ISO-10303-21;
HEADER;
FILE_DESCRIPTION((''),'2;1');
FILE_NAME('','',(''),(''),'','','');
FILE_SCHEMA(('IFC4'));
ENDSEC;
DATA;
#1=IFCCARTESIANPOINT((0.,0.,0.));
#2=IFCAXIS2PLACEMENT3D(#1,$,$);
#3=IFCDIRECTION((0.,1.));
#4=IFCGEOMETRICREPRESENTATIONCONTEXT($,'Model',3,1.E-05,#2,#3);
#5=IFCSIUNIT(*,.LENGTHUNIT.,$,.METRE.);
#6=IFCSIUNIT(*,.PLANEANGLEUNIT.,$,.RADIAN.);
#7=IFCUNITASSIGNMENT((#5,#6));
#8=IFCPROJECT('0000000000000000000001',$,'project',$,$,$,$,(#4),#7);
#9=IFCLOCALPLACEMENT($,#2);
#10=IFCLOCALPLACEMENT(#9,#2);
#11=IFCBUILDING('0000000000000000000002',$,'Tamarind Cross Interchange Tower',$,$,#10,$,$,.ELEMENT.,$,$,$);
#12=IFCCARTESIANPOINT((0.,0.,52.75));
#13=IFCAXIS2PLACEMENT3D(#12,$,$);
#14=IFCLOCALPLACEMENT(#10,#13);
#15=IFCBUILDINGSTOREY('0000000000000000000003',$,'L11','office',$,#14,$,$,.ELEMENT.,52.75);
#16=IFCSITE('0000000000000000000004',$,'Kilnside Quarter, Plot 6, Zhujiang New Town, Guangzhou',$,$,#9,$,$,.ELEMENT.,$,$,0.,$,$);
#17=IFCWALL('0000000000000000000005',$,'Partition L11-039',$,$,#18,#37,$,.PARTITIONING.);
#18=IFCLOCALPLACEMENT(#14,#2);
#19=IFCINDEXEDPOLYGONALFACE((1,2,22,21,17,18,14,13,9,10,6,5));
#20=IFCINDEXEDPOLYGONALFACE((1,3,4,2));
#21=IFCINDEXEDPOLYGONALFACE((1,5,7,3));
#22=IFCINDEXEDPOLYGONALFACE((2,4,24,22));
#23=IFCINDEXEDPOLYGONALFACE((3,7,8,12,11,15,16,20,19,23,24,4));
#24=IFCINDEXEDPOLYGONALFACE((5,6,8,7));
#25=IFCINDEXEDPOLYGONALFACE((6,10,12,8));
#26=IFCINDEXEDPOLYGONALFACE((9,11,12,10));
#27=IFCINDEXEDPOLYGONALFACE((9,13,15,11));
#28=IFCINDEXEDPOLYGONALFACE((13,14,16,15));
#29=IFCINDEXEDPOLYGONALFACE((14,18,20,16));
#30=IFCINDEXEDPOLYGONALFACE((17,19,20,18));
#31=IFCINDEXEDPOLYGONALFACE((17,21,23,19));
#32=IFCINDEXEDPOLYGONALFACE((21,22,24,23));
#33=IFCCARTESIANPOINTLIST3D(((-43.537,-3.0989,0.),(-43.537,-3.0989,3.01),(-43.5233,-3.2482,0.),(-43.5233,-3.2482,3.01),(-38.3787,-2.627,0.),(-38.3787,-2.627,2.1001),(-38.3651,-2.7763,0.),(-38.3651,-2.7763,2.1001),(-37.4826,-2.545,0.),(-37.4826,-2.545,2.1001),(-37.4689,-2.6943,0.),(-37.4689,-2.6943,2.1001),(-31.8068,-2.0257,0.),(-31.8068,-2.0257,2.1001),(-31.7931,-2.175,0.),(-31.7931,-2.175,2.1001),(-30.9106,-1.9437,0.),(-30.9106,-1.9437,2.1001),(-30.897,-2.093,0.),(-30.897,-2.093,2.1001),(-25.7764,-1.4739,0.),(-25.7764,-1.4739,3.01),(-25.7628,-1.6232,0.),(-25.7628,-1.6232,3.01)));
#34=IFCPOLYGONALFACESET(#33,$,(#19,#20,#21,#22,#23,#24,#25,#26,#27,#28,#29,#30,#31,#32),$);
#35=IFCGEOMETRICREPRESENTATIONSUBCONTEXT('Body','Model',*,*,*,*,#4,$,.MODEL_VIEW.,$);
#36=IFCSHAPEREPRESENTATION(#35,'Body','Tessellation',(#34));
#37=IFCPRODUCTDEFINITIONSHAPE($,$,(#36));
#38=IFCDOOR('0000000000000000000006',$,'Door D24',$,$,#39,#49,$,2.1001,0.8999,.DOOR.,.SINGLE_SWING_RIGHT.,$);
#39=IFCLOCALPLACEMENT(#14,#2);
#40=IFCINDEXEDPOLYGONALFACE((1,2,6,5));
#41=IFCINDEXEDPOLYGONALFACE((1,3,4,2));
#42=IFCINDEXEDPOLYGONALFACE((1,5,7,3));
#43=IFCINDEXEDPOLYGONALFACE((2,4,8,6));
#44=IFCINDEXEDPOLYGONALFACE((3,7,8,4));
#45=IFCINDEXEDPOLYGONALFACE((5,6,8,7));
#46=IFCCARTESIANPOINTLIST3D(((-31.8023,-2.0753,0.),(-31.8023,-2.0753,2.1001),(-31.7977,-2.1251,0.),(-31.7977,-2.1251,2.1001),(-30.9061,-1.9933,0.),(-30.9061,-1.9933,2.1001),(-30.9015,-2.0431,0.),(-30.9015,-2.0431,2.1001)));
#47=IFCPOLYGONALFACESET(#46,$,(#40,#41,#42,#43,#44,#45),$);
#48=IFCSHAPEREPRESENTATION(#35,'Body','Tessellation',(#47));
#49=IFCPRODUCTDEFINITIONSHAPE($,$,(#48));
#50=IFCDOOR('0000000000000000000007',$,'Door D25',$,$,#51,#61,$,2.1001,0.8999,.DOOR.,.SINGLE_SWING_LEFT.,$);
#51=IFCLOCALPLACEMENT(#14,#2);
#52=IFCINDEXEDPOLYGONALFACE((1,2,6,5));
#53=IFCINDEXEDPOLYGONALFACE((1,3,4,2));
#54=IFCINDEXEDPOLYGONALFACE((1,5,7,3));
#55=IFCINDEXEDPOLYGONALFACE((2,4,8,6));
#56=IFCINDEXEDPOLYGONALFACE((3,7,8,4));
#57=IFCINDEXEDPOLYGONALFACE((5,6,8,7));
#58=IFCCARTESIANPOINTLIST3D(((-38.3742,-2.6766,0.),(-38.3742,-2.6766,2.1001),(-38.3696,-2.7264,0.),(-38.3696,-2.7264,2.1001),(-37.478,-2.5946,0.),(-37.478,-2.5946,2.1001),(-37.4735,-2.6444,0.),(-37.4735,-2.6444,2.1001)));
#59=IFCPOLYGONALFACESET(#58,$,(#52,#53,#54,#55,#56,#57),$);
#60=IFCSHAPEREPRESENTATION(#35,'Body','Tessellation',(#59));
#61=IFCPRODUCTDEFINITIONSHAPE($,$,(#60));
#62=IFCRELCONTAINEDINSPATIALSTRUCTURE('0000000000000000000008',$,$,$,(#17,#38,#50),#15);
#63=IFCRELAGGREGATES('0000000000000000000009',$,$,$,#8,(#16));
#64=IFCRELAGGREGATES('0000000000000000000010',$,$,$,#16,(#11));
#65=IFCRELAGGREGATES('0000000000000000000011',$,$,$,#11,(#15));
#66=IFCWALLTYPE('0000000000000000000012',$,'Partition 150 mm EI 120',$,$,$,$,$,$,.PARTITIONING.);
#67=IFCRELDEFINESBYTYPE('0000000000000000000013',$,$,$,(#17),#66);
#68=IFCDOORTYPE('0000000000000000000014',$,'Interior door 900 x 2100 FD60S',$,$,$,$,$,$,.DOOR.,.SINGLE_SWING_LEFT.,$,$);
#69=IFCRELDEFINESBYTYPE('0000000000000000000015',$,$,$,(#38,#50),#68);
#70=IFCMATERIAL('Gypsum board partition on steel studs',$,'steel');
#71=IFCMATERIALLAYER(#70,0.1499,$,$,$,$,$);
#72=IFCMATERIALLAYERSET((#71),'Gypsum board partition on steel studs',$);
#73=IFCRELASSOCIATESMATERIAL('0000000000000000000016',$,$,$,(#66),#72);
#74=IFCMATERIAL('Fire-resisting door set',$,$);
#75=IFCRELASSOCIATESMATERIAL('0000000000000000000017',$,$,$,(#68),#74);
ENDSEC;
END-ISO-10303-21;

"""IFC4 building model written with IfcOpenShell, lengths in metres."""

from ifc_helpers import new_model, si_unit, direction, frame, frame_2d, origin, place, context, subcontext, project, spatial, rectangle, extrude, material, layer, layer_set, type_object, element, fill, save


model = new_model("IFC4")

# Units and contexts
model_context = context("Model", 3, precision=1e-05, world=origin(), true_north=direction((0.0, 1.0)))
body_context = subcontext(model_context, "Body", "Model", "MODEL_VIEW")
ifc_project = project(units=[si_unit("LENGTHUNIT", "METRE"), si_unit("PLANEANGLEUNIT", "RADIAN")], contexts=[model_context])

# Site, building, storey
site_placement = place(None, origin())
site = spatial("IfcSite", under=ifc_project, at=site_placement, Name="Kilnside Quarter, Plot 6, Zhujiang New Town, Guangzhou", CompositionType="ELEMENT", RefElevation=0.0)
building_placement = place(site_placement, origin())
building = spatial("IfcBuilding", under=site, at=building_placement, Name="Tamarind Cross Interchange Tower", CompositionType="ELEMENT")
storey_placement = place(building_placement, frame((0.0, 0.0, 52.75)))
storey = spatial("IfcBuildingStorey", under=building, at=storey_placement, Name="L11", Description="office", CompositionType="ELEMENT", Elevation=52.75)

# Shared definitions
ifc_material_1 = material(Name="Gypsum board partition on steel studs", Category="steel")

# Shared definitions
ifc_layer_1 = layer(ifc_material_1, 0.1499)
ifc_layer_set_1 = layer_set([ifc_layer_1], Name="Gypsum board partition on steel studs")
wall_type_1 = type_object("IfcWallType", Name="Partition 150 mm EI 120", PredefinedType="PARTITIONING", material=ifc_layer_set_1)
ifc_material_2 = material(Name="Fire-resisting door set")
door_type = type_object("IfcDoorType", Name="Interior door 900 x 2100 FD60S", OperationType="SINGLE_SWING_LEFT", PredefinedType="DOOR", material=ifc_material_2)

# Wall, openings, doors
wall_1_placement = place(storey_placement, frame((-43.5303, -3.1736, 0.0), z_axis=(0.0, 0.0, 1.0), x_axis=(0.99584, 0.091115, 0.0)))
wall_1 = element("IfcWall", 1, at=wall_1_placement, inside=storey, type_object=wall_type_1, Name="Partition L11-039", PredefinedType="PARTITIONING", context=body_context, shape_type="SweptSolid", body=[
    extrude(rectangle(XDim=17.8347, YDim=0.1499, at=frame_2d((8.9175, 0.0))), origin(), (0.0, 0.0, 1.0), 3.01),
])
opening_1_placement = place(wall_1_placement, frame((11.7793, 0.0, 0.0)))
opening_1 = element("IfcOpeningElement", 2, at=opening_1_placement, cuts=wall_1, PredefinedType="OPENING", context=body_context, shape_type="SweptSolid", body=[
    extrude(rectangle(XDim=0.8999, YDim=2.1001, at=frame_2d((0.45, 1.05))), frame((0.0, 0.085, 0.0), z_axis=(0.0, -1.0, 0.0), x_axis=(1.0, 0.0, 0.0)), (0.0, 0.0, 1.0), 0.1699),
])
opening_2_placement = place(wall_1_placement, frame((5.1799, 0.0, 0.0)))
opening_2 = element("IfcOpeningElement", 3, at=opening_2_placement, cuts=wall_1, PredefinedType="OPENING", context=body_context, shape_type="SweptSolid", body=[
    extrude(rectangle(XDim=0.8999, YDim=2.1001, at=frame_2d((0.45, 1.05))), frame((0.0, 0.085, 0.0), z_axis=(0.0, -1.0, 0.0), x_axis=(1.0, 0.0, 0.0)), (0.0, 0.0, 1.0), 0.1699),
])
door_1_placement = place(opening_1_placement, frame((0.8999, 0.0, 0.0), z_axis=(0.0, 0.0, 1.0), x_axis=(-1.0, 0.0, 0.0)))
door_1 = element("IfcDoor", 4, at=door_1_placement, inside=storey, type_object=door_type, Name="Door D24", OperationType="SINGLE_SWING_RIGHT", OverallHeight=2.1001, OverallWidth=0.8999, PredefinedType="DOOR", context=body_context, shape_type="SweptSolid", body=[
    extrude(rectangle(XDim=0.8999, YDim=2.1001, at=frame_2d((0.45, 1.05))), frame((0.0, 0.0249, 0.0), z_axis=(0.0, -1.0, 0.0), x_axis=(1.0, 0.0, 0.0)), (0.0, 0.0, 1.0), 0.05),
])
fill(opening_1, door_1)
door_2_placement = place(opening_2_placement, frame((0.8999, 0.0, 0.0), z_axis=(0.0, 0.0, 1.0), x_axis=(-1.0, 0.0, 0.0)))
door_2 = element("IfcDoor", 5, at=door_2_placement, inside=storey, type_object=door_type, Name="Door D25", OperationType="SINGLE_SWING_LEFT", OverallHeight=2.1001, OverallWidth=0.8999, PredefinedType="DOOR", context=body_context, shape_type="SweptSolid", body=[
    extrude(rectangle(XDim=0.8999, YDim=2.1001, at=frame_2d((0.45, 1.05))), frame((0.0, 0.0249, 0.0), z_axis=(0.0, -1.0, 0.0), x_axis=(1.0, 0.0, 0.0)), (0.0, 0.0, 1.0), 0.05),
])
fill(opening_2, door_2)

save(model, "model.ifc")
